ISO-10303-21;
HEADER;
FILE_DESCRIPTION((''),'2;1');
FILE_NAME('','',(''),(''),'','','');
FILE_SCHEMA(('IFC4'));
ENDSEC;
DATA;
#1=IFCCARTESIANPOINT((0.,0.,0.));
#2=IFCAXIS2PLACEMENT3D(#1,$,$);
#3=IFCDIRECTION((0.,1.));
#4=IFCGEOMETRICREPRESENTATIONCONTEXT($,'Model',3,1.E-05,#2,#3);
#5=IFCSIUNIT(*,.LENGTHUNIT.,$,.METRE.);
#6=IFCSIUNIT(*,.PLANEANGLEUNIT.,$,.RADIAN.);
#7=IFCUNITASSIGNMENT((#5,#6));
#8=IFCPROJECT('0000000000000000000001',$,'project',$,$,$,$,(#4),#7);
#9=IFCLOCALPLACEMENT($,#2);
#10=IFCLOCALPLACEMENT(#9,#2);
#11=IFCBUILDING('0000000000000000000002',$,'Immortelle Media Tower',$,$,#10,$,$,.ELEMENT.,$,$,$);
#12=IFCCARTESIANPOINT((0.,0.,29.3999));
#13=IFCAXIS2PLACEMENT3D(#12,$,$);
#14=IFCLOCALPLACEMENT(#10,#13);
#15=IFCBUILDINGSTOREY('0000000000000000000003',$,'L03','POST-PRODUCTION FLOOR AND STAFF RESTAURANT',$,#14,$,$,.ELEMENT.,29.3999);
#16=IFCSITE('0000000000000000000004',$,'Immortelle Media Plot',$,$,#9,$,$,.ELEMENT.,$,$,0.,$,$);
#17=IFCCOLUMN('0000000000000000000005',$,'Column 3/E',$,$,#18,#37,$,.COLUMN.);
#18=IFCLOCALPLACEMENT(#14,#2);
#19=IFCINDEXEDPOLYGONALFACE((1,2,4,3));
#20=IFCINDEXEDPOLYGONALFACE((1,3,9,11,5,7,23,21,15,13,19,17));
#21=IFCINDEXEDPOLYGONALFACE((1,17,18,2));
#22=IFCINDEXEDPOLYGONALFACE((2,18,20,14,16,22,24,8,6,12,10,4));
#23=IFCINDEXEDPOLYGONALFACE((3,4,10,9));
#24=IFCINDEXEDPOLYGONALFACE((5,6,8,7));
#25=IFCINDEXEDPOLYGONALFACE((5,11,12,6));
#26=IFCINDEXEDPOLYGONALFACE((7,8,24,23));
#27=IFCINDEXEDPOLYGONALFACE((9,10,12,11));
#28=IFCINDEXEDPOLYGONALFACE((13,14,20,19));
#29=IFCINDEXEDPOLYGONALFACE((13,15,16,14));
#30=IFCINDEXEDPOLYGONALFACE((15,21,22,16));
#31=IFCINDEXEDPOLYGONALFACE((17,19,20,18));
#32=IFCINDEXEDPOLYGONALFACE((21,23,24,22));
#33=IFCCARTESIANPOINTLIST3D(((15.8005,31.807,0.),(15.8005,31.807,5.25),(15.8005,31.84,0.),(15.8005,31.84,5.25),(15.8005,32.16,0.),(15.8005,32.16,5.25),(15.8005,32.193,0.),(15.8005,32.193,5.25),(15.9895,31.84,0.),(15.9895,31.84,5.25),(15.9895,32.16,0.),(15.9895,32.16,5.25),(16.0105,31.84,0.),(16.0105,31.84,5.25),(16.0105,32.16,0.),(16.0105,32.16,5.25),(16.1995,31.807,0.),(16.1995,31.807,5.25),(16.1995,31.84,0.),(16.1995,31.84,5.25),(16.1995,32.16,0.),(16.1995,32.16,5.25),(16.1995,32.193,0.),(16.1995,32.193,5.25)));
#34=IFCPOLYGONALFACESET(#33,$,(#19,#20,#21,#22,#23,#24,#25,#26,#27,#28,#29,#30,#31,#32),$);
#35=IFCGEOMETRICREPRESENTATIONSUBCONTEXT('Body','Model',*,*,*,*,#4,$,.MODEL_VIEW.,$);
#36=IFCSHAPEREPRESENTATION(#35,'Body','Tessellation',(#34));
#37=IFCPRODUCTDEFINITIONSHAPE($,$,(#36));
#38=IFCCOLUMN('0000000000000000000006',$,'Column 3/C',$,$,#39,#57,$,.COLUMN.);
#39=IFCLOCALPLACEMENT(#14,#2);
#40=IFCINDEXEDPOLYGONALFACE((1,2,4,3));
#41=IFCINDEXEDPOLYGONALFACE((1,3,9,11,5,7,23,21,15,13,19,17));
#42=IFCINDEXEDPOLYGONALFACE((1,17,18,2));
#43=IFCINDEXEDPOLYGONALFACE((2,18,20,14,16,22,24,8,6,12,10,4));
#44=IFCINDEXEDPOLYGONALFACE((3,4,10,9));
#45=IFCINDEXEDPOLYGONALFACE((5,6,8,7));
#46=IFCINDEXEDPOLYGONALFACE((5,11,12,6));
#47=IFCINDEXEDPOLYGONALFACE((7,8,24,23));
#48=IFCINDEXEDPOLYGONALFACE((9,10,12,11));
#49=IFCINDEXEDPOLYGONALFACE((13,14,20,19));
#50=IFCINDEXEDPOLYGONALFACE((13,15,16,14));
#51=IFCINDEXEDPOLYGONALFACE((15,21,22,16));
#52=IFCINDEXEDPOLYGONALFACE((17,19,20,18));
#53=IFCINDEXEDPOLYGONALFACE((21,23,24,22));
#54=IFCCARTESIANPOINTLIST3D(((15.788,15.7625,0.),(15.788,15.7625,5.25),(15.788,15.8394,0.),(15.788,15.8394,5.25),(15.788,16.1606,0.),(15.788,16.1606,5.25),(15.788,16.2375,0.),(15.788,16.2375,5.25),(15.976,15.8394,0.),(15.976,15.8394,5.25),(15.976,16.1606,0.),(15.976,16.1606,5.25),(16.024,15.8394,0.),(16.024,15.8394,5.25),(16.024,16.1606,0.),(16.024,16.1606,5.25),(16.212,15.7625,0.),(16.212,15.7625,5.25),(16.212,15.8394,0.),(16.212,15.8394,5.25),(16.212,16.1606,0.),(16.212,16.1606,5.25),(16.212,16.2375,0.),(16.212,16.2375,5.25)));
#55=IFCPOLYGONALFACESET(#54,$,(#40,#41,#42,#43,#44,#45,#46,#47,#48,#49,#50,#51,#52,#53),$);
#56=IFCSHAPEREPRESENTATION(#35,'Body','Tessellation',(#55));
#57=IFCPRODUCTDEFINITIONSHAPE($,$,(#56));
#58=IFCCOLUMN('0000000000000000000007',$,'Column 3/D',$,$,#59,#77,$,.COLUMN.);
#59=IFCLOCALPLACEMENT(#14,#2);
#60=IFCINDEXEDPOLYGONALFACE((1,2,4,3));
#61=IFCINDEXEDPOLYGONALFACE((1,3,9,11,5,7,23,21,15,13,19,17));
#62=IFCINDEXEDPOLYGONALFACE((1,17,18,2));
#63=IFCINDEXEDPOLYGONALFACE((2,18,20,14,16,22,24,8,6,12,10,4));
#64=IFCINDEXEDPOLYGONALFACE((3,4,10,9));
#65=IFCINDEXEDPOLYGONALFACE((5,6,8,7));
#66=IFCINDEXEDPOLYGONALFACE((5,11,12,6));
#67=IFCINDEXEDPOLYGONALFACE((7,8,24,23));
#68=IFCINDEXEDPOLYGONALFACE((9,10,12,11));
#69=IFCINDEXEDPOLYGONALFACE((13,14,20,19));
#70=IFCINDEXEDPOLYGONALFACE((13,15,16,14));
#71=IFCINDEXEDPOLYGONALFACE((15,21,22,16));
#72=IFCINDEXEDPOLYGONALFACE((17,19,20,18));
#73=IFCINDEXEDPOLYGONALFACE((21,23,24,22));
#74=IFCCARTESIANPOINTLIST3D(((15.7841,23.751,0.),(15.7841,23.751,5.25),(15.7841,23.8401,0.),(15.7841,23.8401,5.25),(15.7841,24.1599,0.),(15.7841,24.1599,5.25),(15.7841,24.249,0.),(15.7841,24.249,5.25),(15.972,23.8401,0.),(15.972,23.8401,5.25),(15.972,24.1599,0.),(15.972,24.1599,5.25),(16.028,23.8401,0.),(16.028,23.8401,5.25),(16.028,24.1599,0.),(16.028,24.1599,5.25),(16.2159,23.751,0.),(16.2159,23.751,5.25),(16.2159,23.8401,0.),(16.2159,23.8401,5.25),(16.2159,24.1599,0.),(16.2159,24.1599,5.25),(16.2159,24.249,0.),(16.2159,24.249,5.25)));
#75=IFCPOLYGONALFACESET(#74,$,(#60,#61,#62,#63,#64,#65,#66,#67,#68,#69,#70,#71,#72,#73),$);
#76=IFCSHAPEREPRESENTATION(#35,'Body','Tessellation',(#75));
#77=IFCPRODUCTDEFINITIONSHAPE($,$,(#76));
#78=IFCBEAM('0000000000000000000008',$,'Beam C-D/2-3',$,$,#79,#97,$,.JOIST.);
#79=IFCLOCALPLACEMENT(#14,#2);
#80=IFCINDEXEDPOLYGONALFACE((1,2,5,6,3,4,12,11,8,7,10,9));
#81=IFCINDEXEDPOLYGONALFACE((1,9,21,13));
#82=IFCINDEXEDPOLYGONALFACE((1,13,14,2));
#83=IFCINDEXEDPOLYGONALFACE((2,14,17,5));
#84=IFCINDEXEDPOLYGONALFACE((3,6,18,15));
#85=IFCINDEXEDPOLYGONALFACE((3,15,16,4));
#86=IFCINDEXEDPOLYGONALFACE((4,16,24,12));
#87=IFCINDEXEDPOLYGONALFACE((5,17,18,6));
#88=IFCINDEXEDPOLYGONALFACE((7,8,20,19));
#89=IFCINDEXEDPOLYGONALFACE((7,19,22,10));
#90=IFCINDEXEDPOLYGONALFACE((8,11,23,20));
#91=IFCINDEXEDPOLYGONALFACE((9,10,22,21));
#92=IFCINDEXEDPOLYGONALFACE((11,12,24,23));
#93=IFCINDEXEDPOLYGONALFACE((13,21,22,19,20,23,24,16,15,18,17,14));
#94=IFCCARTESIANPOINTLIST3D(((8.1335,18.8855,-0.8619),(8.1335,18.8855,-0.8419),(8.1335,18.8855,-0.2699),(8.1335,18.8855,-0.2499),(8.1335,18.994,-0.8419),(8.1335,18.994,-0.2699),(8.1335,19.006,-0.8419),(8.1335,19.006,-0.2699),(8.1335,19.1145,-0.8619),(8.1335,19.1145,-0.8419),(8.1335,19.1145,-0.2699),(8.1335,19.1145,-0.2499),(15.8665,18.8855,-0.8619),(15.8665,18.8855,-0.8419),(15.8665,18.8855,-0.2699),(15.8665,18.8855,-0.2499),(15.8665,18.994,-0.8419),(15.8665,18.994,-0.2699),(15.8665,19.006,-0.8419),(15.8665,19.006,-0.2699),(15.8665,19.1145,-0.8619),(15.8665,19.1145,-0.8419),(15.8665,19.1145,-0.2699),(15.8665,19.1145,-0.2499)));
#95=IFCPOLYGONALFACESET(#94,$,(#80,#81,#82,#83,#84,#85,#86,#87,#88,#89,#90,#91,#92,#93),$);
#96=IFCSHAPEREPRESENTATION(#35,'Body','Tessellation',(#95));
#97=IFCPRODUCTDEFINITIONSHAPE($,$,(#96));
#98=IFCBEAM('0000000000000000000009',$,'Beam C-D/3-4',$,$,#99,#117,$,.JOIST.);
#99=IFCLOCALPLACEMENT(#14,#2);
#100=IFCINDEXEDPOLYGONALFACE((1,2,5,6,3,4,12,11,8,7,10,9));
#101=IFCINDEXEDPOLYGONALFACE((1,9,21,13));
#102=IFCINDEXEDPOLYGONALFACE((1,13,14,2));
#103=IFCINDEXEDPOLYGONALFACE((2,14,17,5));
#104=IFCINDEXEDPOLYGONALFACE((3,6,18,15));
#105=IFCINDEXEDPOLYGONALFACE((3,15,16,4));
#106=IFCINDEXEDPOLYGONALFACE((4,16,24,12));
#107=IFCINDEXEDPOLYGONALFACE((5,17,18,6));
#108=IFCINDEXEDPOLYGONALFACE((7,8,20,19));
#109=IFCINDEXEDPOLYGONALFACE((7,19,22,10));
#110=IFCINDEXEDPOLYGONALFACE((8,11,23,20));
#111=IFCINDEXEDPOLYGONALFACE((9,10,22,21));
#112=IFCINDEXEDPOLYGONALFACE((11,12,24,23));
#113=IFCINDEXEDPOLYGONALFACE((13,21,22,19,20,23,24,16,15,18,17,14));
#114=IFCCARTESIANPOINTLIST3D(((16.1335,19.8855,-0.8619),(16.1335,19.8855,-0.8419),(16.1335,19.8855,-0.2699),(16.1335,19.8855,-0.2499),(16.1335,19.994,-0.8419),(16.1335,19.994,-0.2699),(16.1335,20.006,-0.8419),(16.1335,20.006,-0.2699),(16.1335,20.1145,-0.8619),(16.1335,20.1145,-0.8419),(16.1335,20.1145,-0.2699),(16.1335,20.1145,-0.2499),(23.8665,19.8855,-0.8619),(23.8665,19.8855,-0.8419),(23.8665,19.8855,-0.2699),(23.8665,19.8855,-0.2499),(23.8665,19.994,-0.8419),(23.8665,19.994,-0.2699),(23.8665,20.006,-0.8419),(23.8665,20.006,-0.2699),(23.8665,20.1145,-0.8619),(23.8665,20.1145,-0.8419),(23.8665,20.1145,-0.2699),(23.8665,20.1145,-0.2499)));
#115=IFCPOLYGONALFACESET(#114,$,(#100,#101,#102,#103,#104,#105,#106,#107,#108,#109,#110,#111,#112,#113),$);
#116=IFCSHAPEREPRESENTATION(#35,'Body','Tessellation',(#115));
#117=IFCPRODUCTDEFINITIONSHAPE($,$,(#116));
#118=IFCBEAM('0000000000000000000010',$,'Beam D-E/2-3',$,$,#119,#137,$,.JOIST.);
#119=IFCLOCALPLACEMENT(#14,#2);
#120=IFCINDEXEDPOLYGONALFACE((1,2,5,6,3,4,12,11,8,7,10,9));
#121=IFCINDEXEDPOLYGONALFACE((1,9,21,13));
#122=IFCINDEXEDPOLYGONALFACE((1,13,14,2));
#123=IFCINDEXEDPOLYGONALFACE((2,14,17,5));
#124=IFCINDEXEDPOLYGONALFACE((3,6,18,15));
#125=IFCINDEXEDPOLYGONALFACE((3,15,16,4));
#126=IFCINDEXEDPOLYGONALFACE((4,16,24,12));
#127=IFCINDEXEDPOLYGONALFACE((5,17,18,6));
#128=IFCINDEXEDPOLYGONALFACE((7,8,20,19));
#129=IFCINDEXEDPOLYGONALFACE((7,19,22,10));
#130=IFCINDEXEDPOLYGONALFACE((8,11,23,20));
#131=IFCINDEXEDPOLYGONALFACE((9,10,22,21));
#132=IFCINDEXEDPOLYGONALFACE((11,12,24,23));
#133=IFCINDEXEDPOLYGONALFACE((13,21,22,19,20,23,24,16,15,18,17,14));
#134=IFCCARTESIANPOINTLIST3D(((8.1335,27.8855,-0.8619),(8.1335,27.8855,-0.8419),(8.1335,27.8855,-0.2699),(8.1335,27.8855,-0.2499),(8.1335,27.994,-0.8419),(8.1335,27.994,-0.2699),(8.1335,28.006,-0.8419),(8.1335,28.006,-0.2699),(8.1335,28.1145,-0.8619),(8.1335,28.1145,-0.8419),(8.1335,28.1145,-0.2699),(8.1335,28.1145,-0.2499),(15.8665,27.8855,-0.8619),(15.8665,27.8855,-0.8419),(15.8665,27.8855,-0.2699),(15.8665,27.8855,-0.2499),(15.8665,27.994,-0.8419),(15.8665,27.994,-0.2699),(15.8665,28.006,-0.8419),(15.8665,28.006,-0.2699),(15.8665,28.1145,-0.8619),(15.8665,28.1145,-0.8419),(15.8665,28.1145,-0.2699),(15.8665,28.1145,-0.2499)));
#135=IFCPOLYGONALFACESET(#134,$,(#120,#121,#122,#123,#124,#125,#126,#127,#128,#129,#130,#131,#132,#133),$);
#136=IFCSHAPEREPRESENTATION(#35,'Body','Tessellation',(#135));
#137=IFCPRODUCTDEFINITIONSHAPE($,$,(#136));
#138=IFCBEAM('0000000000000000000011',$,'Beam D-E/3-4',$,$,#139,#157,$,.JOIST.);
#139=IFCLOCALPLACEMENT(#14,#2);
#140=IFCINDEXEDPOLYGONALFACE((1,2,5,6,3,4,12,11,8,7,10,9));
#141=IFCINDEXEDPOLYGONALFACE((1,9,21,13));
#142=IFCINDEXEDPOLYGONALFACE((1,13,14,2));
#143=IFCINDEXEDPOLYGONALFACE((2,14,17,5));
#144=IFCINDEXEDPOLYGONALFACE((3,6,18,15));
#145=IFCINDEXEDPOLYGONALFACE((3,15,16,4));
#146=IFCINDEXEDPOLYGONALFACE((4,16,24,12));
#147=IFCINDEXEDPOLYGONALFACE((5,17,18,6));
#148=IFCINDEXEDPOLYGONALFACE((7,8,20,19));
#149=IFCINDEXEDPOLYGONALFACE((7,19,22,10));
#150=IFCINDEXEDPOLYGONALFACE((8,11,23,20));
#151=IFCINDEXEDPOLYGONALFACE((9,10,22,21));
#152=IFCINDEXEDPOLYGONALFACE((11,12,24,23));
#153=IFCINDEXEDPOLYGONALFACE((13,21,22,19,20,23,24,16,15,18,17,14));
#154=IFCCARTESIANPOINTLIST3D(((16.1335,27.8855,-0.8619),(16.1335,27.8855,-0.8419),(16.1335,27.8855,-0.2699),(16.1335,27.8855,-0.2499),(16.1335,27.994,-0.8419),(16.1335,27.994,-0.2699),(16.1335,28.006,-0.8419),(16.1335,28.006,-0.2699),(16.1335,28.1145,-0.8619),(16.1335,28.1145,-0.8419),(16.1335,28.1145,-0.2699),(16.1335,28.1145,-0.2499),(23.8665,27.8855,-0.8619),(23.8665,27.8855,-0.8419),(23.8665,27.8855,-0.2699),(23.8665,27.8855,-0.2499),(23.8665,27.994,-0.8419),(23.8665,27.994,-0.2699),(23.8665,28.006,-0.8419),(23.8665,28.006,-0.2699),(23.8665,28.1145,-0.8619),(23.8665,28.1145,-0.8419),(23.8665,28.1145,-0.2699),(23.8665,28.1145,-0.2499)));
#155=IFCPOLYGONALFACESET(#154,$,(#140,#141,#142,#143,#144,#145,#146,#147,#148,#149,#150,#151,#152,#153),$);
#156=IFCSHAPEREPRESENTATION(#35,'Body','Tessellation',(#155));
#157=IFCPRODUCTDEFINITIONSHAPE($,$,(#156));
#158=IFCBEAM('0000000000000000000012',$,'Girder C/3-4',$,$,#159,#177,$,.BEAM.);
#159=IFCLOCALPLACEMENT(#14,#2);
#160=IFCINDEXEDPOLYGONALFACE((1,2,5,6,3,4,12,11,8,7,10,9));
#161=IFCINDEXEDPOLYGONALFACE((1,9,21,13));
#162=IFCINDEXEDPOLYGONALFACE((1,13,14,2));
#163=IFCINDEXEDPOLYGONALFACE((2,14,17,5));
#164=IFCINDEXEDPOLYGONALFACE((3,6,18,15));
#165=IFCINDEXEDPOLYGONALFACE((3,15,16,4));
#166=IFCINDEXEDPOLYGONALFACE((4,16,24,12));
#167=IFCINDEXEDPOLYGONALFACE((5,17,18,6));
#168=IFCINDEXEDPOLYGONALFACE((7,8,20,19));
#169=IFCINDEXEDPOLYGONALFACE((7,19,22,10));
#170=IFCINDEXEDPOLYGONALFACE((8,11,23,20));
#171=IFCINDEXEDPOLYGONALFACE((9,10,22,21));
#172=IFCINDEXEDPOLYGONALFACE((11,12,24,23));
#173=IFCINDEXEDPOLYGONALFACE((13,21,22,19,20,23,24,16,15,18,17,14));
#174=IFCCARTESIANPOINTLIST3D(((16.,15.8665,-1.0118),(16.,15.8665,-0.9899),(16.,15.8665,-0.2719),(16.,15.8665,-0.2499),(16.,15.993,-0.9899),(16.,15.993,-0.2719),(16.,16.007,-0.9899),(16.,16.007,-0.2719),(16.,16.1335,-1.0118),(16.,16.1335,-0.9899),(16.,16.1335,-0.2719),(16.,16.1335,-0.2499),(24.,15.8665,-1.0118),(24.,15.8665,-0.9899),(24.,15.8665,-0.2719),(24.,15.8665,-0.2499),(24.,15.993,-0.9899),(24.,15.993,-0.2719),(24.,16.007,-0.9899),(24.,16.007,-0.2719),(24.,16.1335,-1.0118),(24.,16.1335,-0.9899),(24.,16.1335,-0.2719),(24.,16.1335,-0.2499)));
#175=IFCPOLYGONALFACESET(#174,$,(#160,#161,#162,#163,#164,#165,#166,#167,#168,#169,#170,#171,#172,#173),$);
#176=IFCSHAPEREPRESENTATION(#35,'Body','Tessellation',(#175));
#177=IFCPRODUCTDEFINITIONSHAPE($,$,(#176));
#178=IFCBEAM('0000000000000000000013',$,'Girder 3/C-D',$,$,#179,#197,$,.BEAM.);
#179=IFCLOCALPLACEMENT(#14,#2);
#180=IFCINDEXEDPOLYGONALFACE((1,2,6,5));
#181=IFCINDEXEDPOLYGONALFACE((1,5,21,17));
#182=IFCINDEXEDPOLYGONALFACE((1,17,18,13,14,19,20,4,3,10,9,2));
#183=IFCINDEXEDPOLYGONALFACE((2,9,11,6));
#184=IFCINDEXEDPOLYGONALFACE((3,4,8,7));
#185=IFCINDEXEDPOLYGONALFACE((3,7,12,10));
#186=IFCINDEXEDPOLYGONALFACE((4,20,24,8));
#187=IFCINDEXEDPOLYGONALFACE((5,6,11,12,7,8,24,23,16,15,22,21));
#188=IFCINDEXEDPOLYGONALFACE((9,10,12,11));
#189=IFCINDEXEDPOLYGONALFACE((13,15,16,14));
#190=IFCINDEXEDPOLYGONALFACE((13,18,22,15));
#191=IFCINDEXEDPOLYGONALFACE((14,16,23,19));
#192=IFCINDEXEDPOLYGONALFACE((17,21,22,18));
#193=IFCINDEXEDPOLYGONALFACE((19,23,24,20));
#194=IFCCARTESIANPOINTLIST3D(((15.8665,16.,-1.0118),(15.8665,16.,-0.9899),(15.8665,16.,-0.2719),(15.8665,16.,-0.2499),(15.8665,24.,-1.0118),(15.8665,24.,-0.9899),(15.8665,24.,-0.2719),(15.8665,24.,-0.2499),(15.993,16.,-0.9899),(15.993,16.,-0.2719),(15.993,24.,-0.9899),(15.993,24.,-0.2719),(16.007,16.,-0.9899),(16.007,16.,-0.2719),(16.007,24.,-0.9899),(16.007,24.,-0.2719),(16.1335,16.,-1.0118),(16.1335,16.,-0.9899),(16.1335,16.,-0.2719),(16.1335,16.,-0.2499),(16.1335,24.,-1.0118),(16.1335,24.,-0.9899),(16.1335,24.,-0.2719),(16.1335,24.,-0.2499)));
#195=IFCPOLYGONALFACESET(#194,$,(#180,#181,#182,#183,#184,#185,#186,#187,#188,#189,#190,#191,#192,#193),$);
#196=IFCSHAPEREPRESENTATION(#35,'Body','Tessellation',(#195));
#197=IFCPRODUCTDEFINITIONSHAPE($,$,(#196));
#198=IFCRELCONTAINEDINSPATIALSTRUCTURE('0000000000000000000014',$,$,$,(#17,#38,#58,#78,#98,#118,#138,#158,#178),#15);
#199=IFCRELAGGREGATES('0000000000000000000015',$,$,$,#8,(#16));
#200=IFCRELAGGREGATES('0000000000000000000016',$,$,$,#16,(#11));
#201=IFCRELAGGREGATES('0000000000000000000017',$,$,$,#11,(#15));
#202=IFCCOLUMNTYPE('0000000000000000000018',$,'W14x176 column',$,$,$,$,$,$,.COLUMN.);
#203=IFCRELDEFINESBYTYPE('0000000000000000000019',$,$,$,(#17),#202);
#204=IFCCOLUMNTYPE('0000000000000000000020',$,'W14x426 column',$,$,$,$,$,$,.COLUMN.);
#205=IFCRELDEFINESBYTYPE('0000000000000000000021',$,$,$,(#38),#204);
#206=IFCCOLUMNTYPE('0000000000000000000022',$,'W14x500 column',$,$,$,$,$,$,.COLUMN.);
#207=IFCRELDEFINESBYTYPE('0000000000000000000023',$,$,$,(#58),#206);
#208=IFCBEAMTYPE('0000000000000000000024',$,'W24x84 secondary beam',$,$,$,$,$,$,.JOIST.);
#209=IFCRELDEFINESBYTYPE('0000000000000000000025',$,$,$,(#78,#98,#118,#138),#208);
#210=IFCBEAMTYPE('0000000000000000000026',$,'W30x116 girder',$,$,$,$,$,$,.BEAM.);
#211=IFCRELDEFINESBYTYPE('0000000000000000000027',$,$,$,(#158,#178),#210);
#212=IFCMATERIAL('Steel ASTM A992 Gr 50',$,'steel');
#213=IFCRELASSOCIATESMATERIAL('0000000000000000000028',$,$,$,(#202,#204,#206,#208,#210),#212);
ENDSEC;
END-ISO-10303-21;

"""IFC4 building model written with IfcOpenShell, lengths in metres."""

from ifc_helpers import new_model, si_unit, direction, frame, origin, origin_2d, place, context, subcontext, project, spatial, i_section, extrude, material, material_profile, profile_set, type_object, element, save


model = new_model("IFC4")

# Units and contexts
model_context = context("Model", 3, precision=1e-05, world=origin(), true_north=direction((0.0, 1.0)))
body_context = subcontext(model_context, "Body", "Model", "MODEL_VIEW")
ifc_project = project(units=[si_unit("LENGTHUNIT", "METRE"), si_unit("PLANEANGLEUNIT", "RADIAN")], contexts=[model_context])

# Site, building, storey
site_placement = place(None, origin())
site = spatial("IfcSite", under=ifc_project, at=site_placement, Name="Immortelle Media Plot", CompositionType="ELEMENT", RefElevation=0.0)
building_placement = place(site_placement, origin())
building = spatial("IfcBuilding", under=site, at=building_placement, Name="Immortelle Media Tower", CompositionType="ELEMENT")
storey_placement = place(building_placement, frame((0.0, 0.0, 29.3999)))
storey = spatial("IfcBuildingStorey", under=building, at=storey_placement, Name="L03", Description="POST-PRODUCTION FLOOR AND STAFF RESTAURANT", CompositionType="ELEMENT", Elevation=29.3999)

# Columns
ifc_material_1 = material(Name="Steel ASTM A992 Gr 50", Category="steel")
ifc_material_profile_1 = material_profile(ifc_material_1, i_section(OverallWidth=0.3989, OverallDepth=0.386, WebThickness=0.021, FlangeThickness=0.033, at=origin_2d()), Name="W14x176")
ifc_profile_set_1 = profile_set([ifc_material_profile_1], Name="Steel ASTM A992 Gr 50")
column_type_1 = type_object("IfcColumnType", Name="W14x176 column", PredefinedType="COLUMN", material=ifc_profile_set_1)
column_1_placement = place(storey_placement, frame((16.0, 32.0, 0.0), z_axis=(0.0, 0.0, 1.0), x_axis=(1.0, 0.0, 0.0)))
element("IfcColumn", 1, at=column_1_placement, inside=storey, type_object=column_type_1, Name="Column 3/E", PredefinedType="COLUMN", context=body_context, shape_type="SweptSolid", body=[
    extrude(i_section(OverallWidth=0.3989, OverallDepth=0.386, WebThickness=0.021, FlangeThickness=0.033, at=origin_2d()), origin(), (0.0, 0.0, 1.0), 5.25),
])
ifc_material_profile_2 = material_profile(ifc_material_1, i_section(OverallWidth=0.4241, OverallDepth=0.4751, WebThickness=0.0481, FlangeThickness=0.0769, at=origin_2d()), Name="W14x426")
ifc_profile_set_2 = profile_set([ifc_material_profile_2], Name="Steel ASTM A992 Gr 50")
column_type_2 = type_object("IfcColumnType", Name="W14x426 column", PredefinedType="COLUMN", material=ifc_profile_set_2)
column_2_placement = place(storey_placement, frame((16.0, 16.0, 0.0), z_axis=(0.0, 0.0, 1.0), x_axis=(1.0, 0.0, 0.0)))
element("IfcColumn", 2, at=column_2_placement, inside=storey, type_object=column_type_2, Name="Column 3/C", PredefinedType="COLUMN", context=body_context, shape_type="SweptSolid", body=[
    extrude(i_section(OverallWidth=0.4241, OverallDepth=0.4751, WebThickness=0.0481, FlangeThickness=0.0769, at=origin_2d()), origin(), (0.0, 0.0, 1.0), 5.25),
])
ifc_material_profile_3 = material_profile(ifc_material_1, i_section(OverallWidth=0.4319, OverallDepth=0.498, WebThickness=0.0559, FlangeThickness=0.0891, at=origin_2d()), Name="W14x500")
ifc_profile_set_3 = profile_set([ifc_material_profile_3], Name="Steel ASTM A992 Gr 50")
column_type_3 = type_object("IfcColumnType", Name="W14x500 column", PredefinedType="COLUMN", material=ifc_profile_set_3)
column_3_placement = place(storey_placement, frame((16.0, 24.0, 0.0), z_axis=(0.0, 0.0, 1.0), x_axis=(1.0, 0.0, 0.0)))
element("IfcColumn", 3, at=column_3_placement, inside=storey, type_object=column_type_3, Name="Column 3/D", PredefinedType="COLUMN", context=body_context, shape_type="SweptSolid", body=[
    extrude(i_section(OverallWidth=0.4319, OverallDepth=0.498, WebThickness=0.0559, FlangeThickness=0.0891, at=origin_2d()), origin(), (0.0, 0.0, 1.0), 5.25),
])

# Beams
ifc_material_profile_4 = material_profile(ifc_material_1, i_section(OverallWidth=0.229, OverallDepth=0.6121, WebThickness=0.012, FlangeThickness=0.02, at=origin_2d()), Name="W24x84")
ifc_profile_set_4 = profile_set([ifc_material_profile_4], Name="Steel ASTM A992 Gr 50")
beam_type_1 = type_object("IfcBeamType", Name="W24x84 secondary beam", PredefinedType="JOIST", material=ifc_profile_set_4)
for number, where, z_axis, x_axis, name in (
    (4, (8.1335, 19.0, -0.5559), (1.0, 0.0, 0.0), (0.0, 1.0, 0.0), "Beam C-D/2-3"),
    (5, (16.1335, 20.0, -0.5559), (1.0, 0.0, 0.0), (0.0, 1.0, 0.0), "Beam C-D/3-4"),
    (6, (8.1335, 28.0, -0.5559), (1.0, 0.0, 0.0), (0.0, 1.0, 0.0), "Beam D-E/2-3"),
    (7, (16.1335, 28.0, -0.5559), (1.0, 0.0, 0.0), (0.0, 1.0, 0.0), "Beam D-E/3-4"),
):
    element("IfcBeam", number, at=place(storey_placement, frame(where, z_axis=z_axis, x_axis=x_axis)), inside=storey, type_object=beam_type_1, Name=name, PredefinedType="JOIST", context=body_context, shape_type="SweptSolid", body=[
        extrude(i_section(OverallWidth=0.229, OverallDepth=0.6121, WebThickness=0.012, FlangeThickness=0.02, at=origin_2d()), origin(), (0.0, 0.0, 1.0), 7.7329),
    ])
ifc_material_profile_5 = material_profile(ifc_material_1, i_section(OverallWidth=0.2671, OverallDepth=0.762, WebThickness=0.0139, FlangeThickness=0.022, at=origin_2d()), Name="W30x116")
ifc_profile_set_5 = profile_set([ifc_material_profile_5], Name="Steel ASTM A992 Gr 50")
beam_type_2 = type_object("IfcBeamType", Name="W30x116 girder", PredefinedType="BEAM", material=ifc_profile_set_5)
for number, where, z_axis, x_axis, name in (
    (8, (16.0, 16.0, -0.6309), (1.0, 0.0, 0.0), (0.0, 1.0, 0.0), "Girder C/3-4"),
    (9, (16.0, 16.0, -0.6309), (0.0, 1.0, 0.0), (-1.0, 0.0, 0.0), "Girder 3/C-D"),
):
    element("IfcBeam", number, at=place(storey_placement, frame(where, z_axis=z_axis, x_axis=x_axis)), inside=storey, type_object=beam_type_2, Name=name, PredefinedType="BEAM", context=body_context, shape_type="SweptSolid", body=[
        extrude(i_section(OverallWidth=0.2671, OverallDepth=0.762, WebThickness=0.0139, FlangeThickness=0.022, at=origin_2d()), origin(), (0.0, 0.0, 1.0), 8.0),
    ])

save(model, "model.ifc")
